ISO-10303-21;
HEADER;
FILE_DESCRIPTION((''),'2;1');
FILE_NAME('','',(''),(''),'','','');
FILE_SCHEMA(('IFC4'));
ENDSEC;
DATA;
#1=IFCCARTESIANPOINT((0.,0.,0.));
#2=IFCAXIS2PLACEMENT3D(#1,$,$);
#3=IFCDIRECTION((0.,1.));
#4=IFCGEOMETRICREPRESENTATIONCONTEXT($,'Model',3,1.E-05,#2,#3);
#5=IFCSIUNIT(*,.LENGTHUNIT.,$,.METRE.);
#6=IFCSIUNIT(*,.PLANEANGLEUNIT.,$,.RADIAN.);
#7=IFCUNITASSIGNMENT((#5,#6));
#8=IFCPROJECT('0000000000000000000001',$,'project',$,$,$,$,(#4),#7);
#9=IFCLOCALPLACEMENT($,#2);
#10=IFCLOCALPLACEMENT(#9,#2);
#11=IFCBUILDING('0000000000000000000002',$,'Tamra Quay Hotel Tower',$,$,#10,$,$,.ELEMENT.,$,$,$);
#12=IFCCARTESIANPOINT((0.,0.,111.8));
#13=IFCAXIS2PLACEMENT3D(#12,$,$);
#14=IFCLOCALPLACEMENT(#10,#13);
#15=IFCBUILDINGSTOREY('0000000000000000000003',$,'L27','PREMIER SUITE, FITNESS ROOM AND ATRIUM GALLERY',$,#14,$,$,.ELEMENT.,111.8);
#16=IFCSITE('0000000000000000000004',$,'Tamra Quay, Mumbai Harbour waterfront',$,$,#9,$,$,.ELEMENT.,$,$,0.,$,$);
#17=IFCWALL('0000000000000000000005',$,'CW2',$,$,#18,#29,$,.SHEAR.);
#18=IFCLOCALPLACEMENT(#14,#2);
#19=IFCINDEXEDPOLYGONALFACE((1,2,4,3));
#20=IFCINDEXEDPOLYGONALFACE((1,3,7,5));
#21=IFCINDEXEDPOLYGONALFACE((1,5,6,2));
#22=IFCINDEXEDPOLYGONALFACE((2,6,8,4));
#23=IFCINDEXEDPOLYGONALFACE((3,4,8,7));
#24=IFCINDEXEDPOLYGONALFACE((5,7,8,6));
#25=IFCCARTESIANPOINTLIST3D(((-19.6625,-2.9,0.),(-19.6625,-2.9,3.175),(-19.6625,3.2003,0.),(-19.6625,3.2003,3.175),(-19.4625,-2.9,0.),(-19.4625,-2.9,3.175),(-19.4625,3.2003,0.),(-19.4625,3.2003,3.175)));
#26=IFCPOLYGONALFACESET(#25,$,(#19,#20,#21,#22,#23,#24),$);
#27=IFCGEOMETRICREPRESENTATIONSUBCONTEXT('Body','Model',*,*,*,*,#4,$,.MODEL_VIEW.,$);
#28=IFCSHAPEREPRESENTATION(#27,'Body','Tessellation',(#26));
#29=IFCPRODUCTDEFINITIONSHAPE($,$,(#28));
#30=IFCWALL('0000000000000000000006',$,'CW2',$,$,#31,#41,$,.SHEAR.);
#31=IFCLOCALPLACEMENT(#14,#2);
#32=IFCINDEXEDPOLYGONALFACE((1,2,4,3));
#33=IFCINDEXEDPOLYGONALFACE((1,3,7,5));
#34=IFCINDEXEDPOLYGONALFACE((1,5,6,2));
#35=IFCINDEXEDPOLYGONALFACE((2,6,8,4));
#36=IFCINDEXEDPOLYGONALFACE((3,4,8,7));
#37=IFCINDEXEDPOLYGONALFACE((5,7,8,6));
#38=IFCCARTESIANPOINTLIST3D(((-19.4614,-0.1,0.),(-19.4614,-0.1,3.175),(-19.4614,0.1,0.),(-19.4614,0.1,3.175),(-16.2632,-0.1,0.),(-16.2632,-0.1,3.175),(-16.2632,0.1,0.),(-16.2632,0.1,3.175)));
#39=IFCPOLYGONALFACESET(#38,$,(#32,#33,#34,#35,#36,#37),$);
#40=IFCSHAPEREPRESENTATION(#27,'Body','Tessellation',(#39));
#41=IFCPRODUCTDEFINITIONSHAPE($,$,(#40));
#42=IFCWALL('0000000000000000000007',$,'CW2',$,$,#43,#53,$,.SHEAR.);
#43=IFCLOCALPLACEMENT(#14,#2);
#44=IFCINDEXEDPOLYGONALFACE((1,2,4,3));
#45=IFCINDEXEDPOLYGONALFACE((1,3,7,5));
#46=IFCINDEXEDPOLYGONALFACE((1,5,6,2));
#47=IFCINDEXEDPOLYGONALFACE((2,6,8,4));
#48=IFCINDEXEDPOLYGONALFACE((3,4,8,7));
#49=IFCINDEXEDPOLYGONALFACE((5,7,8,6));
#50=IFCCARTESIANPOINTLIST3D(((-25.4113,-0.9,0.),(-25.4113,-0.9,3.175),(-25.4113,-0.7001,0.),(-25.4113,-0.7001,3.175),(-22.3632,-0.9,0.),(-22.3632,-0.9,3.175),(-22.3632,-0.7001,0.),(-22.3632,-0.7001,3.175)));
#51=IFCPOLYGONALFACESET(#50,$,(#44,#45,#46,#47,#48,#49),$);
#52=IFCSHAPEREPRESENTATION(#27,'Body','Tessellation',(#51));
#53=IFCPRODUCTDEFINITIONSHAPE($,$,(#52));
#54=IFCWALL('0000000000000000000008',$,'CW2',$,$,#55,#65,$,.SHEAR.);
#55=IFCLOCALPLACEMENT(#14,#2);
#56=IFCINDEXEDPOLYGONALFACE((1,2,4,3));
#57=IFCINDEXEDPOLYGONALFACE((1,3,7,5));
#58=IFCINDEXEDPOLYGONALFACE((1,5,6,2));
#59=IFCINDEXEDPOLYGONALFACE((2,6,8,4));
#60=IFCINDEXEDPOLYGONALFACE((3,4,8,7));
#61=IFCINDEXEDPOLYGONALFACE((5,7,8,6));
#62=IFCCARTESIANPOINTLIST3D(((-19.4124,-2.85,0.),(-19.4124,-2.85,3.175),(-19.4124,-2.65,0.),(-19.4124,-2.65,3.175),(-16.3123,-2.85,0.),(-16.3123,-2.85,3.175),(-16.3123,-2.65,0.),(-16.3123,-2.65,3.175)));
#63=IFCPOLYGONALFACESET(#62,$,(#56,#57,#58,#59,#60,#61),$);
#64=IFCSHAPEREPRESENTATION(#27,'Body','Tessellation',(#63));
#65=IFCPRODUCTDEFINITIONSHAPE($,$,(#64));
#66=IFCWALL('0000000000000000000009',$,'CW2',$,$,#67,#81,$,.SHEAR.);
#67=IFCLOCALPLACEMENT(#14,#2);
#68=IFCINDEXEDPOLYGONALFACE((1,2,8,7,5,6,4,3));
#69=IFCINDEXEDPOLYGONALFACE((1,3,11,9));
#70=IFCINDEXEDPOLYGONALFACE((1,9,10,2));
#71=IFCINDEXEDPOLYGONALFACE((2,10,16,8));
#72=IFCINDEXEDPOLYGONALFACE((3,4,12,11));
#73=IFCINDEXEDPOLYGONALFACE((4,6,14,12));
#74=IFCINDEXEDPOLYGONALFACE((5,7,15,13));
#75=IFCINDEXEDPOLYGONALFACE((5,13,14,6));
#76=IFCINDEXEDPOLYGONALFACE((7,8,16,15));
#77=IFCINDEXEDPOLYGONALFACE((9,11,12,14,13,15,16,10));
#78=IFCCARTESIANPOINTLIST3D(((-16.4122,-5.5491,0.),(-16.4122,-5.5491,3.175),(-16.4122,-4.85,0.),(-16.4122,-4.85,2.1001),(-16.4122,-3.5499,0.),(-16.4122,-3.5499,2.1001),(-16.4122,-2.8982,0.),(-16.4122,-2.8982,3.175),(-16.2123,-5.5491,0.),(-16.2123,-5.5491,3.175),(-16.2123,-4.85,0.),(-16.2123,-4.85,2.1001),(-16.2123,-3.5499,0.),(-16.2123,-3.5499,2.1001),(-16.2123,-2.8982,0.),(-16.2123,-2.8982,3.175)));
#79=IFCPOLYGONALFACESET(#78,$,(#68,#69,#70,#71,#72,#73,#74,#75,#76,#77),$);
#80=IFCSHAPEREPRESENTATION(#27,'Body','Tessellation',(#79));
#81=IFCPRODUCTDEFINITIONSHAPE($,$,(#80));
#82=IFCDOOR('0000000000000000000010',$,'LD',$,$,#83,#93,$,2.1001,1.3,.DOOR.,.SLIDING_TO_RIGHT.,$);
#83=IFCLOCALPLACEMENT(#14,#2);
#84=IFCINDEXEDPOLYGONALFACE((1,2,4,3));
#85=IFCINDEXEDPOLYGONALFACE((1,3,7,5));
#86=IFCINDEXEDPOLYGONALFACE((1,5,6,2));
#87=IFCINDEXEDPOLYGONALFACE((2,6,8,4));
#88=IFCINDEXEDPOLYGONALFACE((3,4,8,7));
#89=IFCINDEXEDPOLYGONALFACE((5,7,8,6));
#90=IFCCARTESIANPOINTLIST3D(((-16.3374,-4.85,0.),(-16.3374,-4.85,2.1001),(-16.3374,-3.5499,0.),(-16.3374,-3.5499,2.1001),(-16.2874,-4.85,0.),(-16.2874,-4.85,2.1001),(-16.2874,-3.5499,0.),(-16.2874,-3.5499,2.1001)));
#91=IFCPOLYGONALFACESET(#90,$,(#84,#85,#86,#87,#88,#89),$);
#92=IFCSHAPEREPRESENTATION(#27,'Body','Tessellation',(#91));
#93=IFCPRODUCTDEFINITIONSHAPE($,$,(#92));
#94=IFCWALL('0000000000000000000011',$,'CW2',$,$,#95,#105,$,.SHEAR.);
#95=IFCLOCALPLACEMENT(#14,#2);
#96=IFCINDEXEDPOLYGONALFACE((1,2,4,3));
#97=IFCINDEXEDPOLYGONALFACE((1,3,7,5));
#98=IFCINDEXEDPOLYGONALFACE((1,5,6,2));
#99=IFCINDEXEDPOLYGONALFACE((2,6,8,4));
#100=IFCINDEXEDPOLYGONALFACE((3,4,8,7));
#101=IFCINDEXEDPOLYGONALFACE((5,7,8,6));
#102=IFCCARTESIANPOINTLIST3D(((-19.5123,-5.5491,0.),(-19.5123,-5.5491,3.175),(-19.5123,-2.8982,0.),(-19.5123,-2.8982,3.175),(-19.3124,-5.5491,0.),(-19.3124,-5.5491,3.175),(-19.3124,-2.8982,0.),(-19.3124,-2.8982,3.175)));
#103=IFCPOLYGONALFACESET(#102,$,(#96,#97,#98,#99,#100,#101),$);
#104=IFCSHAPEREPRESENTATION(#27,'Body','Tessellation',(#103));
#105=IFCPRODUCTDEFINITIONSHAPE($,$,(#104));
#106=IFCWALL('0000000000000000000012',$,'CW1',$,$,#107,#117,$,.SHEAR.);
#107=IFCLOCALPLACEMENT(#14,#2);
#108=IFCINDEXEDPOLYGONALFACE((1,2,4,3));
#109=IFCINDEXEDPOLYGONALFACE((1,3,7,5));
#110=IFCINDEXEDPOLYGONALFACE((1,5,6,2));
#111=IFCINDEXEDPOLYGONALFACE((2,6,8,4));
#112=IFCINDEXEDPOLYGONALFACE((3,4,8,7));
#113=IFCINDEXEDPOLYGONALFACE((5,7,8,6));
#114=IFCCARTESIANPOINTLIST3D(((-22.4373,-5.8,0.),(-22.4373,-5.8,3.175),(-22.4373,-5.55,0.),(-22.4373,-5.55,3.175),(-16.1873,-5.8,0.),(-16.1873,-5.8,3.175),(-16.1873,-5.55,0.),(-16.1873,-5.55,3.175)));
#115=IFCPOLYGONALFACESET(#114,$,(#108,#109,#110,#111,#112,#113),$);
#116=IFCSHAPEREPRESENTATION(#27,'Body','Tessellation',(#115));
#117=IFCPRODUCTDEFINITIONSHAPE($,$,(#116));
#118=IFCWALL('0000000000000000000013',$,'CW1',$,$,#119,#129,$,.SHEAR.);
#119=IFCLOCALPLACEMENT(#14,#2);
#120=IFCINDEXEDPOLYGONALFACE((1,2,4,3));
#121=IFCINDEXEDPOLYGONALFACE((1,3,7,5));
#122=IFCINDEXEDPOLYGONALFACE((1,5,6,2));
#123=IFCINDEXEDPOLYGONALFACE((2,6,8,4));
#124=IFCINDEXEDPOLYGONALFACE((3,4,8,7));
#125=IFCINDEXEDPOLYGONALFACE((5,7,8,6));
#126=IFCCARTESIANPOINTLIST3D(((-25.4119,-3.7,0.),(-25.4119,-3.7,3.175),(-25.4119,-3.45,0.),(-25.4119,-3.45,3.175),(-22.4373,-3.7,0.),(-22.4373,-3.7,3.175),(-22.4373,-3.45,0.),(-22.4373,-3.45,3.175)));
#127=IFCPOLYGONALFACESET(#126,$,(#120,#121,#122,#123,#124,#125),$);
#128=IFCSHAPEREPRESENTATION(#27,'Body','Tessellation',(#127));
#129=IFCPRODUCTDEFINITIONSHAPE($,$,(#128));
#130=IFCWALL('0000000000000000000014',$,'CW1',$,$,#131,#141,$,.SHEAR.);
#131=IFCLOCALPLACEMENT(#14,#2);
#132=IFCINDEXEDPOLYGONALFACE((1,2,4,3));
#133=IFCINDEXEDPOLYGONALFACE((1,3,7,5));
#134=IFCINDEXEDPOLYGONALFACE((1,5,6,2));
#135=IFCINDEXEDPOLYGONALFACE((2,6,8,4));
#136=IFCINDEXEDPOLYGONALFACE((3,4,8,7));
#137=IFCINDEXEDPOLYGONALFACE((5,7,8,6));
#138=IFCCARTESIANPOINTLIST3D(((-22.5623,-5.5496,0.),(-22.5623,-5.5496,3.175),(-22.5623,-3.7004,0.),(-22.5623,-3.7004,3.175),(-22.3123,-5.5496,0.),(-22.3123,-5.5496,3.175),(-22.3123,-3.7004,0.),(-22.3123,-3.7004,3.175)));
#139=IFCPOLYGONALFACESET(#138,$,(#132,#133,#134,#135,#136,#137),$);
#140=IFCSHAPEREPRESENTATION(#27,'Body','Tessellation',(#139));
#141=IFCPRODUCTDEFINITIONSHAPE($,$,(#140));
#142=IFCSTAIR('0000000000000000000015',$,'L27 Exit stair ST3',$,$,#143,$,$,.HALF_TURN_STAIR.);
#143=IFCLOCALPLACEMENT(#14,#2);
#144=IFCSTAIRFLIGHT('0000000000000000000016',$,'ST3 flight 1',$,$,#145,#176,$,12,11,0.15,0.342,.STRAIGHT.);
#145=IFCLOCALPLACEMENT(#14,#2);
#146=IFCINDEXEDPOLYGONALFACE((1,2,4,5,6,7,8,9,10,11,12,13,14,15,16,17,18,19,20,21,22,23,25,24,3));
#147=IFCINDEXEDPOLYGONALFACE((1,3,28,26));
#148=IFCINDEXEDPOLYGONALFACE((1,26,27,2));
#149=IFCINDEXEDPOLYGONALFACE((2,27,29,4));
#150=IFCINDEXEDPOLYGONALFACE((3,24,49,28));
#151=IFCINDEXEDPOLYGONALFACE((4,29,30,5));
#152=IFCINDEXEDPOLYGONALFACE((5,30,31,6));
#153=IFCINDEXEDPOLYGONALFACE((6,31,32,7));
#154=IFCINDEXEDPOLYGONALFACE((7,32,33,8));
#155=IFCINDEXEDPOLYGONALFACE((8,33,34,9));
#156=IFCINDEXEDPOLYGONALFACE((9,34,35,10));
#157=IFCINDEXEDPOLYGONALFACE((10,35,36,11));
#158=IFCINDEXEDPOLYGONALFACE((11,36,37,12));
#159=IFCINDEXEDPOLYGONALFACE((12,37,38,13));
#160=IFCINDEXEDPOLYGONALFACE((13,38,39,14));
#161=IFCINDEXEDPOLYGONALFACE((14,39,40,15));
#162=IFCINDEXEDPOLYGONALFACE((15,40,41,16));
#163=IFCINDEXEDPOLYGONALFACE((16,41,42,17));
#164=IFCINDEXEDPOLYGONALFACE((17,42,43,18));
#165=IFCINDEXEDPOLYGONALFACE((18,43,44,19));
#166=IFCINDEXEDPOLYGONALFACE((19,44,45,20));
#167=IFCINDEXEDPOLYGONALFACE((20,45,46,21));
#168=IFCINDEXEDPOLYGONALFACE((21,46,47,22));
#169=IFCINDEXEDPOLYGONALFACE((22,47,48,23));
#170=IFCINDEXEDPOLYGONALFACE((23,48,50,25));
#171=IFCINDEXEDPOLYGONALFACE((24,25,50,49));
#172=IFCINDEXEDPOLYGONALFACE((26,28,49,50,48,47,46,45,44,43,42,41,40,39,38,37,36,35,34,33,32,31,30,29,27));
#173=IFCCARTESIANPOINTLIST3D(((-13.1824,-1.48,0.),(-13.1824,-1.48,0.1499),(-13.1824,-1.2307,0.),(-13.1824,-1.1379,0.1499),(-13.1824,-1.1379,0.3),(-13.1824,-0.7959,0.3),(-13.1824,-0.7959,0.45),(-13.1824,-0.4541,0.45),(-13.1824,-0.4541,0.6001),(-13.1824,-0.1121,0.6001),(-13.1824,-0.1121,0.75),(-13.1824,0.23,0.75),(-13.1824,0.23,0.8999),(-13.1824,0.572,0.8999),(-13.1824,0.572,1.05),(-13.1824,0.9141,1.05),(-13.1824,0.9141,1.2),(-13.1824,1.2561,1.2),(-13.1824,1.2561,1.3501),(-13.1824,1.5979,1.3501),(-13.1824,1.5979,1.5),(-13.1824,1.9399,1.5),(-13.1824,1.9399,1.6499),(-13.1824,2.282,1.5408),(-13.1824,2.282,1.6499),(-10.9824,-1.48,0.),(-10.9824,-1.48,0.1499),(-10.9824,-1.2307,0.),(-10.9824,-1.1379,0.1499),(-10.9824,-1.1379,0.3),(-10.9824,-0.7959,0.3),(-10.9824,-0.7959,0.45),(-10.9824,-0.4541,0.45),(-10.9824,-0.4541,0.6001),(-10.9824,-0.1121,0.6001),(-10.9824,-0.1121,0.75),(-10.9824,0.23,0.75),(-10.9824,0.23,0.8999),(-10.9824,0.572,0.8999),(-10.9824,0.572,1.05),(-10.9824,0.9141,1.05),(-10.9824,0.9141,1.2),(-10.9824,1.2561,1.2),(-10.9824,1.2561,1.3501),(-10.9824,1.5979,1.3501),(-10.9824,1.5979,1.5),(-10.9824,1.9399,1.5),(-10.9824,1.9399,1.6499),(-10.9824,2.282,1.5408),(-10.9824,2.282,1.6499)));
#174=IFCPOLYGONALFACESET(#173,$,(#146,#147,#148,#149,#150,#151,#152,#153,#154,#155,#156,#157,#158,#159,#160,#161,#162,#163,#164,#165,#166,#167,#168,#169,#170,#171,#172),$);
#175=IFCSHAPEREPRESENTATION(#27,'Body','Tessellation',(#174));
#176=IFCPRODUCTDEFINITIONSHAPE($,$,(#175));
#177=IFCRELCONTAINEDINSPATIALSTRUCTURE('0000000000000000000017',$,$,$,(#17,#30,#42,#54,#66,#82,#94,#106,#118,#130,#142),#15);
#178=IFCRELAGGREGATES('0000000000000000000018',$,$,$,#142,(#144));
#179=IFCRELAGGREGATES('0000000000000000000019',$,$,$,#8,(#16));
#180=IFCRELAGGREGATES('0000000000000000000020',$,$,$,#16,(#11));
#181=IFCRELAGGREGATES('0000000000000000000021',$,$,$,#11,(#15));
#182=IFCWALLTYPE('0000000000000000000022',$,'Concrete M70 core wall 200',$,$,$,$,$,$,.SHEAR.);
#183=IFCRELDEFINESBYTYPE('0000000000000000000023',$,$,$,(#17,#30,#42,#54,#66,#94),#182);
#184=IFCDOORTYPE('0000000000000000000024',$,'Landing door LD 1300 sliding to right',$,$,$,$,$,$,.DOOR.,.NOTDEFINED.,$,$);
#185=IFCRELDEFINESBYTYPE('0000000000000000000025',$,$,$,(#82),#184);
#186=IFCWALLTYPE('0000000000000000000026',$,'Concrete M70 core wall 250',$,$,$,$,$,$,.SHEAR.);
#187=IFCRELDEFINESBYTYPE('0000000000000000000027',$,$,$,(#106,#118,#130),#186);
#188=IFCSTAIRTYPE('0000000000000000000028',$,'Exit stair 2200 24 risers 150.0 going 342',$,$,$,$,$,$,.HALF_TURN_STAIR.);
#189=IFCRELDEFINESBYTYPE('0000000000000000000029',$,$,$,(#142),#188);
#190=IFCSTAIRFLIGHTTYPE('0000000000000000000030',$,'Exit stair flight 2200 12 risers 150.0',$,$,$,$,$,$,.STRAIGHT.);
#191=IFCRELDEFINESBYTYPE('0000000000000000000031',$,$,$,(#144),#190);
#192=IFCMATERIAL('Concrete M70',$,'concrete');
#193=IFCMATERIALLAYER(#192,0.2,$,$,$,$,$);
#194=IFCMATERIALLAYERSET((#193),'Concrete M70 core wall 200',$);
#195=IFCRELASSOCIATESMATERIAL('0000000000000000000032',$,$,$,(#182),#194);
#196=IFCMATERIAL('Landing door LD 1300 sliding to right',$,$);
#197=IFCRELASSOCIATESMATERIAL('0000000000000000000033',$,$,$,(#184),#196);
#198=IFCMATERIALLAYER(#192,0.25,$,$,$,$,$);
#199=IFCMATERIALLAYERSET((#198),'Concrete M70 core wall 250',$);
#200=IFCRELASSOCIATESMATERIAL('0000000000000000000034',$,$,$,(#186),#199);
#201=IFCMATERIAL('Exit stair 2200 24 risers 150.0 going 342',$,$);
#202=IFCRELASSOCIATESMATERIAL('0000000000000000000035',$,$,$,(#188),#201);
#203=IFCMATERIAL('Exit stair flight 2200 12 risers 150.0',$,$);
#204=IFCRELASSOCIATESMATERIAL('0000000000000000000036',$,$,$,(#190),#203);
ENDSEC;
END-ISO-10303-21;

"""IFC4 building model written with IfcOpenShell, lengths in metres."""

from ifc_helpers import new_model, si_unit, direction, frame, frame_2d, origin, place, context, subcontext, project, spatial, polyline, rectangle, outline, extrude, material, layer, layer_set, type_object, element, fill, aggregate, save


model = new_model("IFC4")

# Units and contexts
model_context = context("Model", 3, precision=1e-05, world=origin(), true_north=direction((0.0, 1.0)))
body_context = subcontext(model_context, "Body", "Model", "MODEL_VIEW")
ifc_project = project(units=[si_unit("LENGTHUNIT", "METRE"), si_unit("PLANEANGLEUNIT", "RADIAN")], contexts=[model_context])

# Site, building, storey
site_placement = place(None, origin())
site = spatial("IfcSite", under=ifc_project, at=site_placement, Name="Tamra Quay, Mumbai Harbour waterfront", CompositionType="ELEMENT", RefElevation=0.0)
building_placement = place(site_placement, origin())
building = spatial("IfcBuilding", under=site, at=building_placement, Name="Tamra Quay Hotel Tower", CompositionType="ELEMENT")
storey_placement = place(building_placement, frame((0.0, 0.0, 111.8)))
storey = spatial("IfcBuildingStorey", under=building, at=storey_placement, Name="L27", Description="PREMIER SUITE, FITNESS ROOM AND ATRIUM GALLERY", CompositionType="ELEMENT", Elevation=111.8)

# Shared definitions
ifc_material_1 = material(Name="Concrete M70", Category="concrete")

# Walls
ifc_layer_1 = layer(ifc_material_1, 0.2)
ifc_layer_set_1 = layer_set([ifc_layer_1], Name="Concrete M70 core wall 200")
wall_type_1 = type_object("IfcWallType", Name="Concrete M70 core wall 200", PredefinedType="SHEAR", material=ifc_layer_set_1)
wall_1_placement = place(storey_placement, frame((-19.5625, -2.9001, 0.0), z_axis=(0.0, 0.0, 1.0), x_axis=(0.0, 1.0, 0.0)))
element("IfcWall", 1, at=wall_1_placement, inside=storey, type_object=wall_type_1, Name="CW2", PredefinedType="SHEAR", context=body_context, shape_type="SweptSolid", body=[
    extrude(rectangle(XDim=6.1003, YDim=0.2, at=frame_2d((3.0503, 0.0))), origin(), (0.0, 0.0, 1.0), 3.175),
])
wall_2_placement = place(storey_placement, frame((-16.2632, 0.0, 0.0), z_axis=(0.0, 0.0, 1.0), x_axis=(-1.0, 0.0, 0.0)))
element("IfcWall", 2, at=wall_2_placement, inside=storey, type_object=wall_type_1, Name="CW2", PredefinedType="SHEAR", context=body_context, shape_type="SweptSolid", body=[
    extrude(rectangle(XDim=3.1982, YDim=0.2, at=frame_2d((1.5991, 0.0))), origin(), (0.0, 0.0, 1.0), 3.175),
])
wall_3_placement = place(storey_placement, frame((-22.3633, -0.8, 0.0), z_axis=(0.0, 0.0, 1.0), x_axis=(-1.0, 0.0, 0.0)))
element("IfcWall", 3, at=wall_3_placement, inside=storey, type_object=wall_type_1, Name="CW2", PredefinedType="SHEAR", context=body_context, shape_type="SweptSolid", body=[
    extrude(rectangle(XDim=3.0481, YDim=0.2, at=frame_2d((1.5239, 0.0))), origin(), (0.0, 0.0, 1.0), 3.175),
])
wall_4_placement = place(storey_placement, frame((-19.4124, -2.75, 0.0), z_axis=(0.0, 0.0, 1.0), x_axis=(1.0, 0.0, 0.0)))
element("IfcWall", 4, at=wall_4_placement, inside=storey, type_object=wall_type_1, Name="CW2", PredefinedType="SHEAR", context=body_context, shape_type="SweptSolid", body=[
    extrude(rectangle(XDim=3.1001, YDim=0.2, at=frame_2d((1.55, 0.0))), origin(), (0.0, 0.0, 1.0), 3.175),
])

# Wall, opening, door
wall_5_placement = place(storey_placement, frame((-16.3123, -2.8982, 0.0), z_axis=(0.0, 0.0, 1.0), x_axis=(0.0, -1.0, 0.0)))
wall_5 = element("IfcWall", 5, at=wall_5_placement, inside=storey, type_object=wall_type_1, Name="CW2", PredefinedType="SHEAR", context=body_context, shape_type="SweptSolid", body=[
    extrude(rectangle(XDim=2.6509, YDim=0.2, at=frame_2d((1.3254, 0.0))), origin(), (0.0, 0.0, 1.0), 3.175),
])
opening_placement = place(wall_5_placement, frame((0.6519, 0.0, 0.0)))
opening = element("IfcOpeningElement", 6, at=opening_placement, cuts=wall_5, PredefinedType="OPENING", context=body_context, shape_type="SweptSolid", body=[
    extrude(rectangle(XDim=1.3, YDim=2.1001, at=frame_2d((0.6499, 1.05))), frame((0.0, 0.1099, 0.0), z_axis=(0.0, -1.0, 0.0), x_axis=(1.0, 0.0, 0.0)), (0.0, 0.0, 1.0), 0.22),
])
ifc_material_2 = material(Name="Landing door LD 1300 sliding to right")
door_type = type_object("IfcDoorType", Name="Landing door LD 1300 sliding to right", OperationType="NOTDEFINED", PredefinedType="DOOR", material=ifc_material_2)
door_placement = place(opening_placement, origin())
door = element("IfcDoor", 7, at=door_placement, inside=storey, type_object=door_type, Name="LD", OperationType="SLIDING_TO_RIGHT", OverallHeight=2.1001, OverallWidth=1.3, PredefinedType="DOOR", context=body_context, shape_type="SweptSolid", body=[
    extrude(rectangle(XDim=1.3, YDim=2.1001, at=frame_2d((0.6499, 1.05))), frame((0.0, 0.0249, 0.0), z_axis=(0.0, -1.0, 0.0), x_axis=(1.0, 0.0, 0.0)), (0.0, 0.0, 1.0), 0.05),
])
fill(opening, door)

# Walls
wall_6_placement = place(storey_placement, frame((-19.4124, -5.5491, 0.0), z_axis=(0.0, 0.0, 1.0), x_axis=(0.0, 1.0, 0.0)))
element("IfcWall", 8, at=wall_6_placement, inside=storey, type_object=wall_type_1, Name="CW2", PredefinedType="SHEAR", context=body_context, shape_type="SweptSolid", body=[
    extrude(rectangle(XDim=2.6509, YDim=0.2, at=frame_2d((1.3254, 0.0))), origin(), (0.0, 0.0, 1.0), 3.175),
])
ifc_layer_2 = layer(ifc_material_1, 0.25)
ifc_layer_set_2 = layer_set([ifc_layer_2], Name="Concrete M70 core wall 250")
wall_type_2 = type_object("IfcWallType", Name="Concrete M70 core wall 250", PredefinedType="SHEAR", material=ifc_layer_set_2)
wall_7_placement = place(storey_placement, frame((-16.1873, -5.675, 0.0), z_axis=(0.0, 0.0, 1.0), x_axis=(-1.0, 0.0, 0.0)))
element("IfcWall", 9, at=wall_7_placement, inside=storey, type_object=wall_type_2, Name="CW1", PredefinedType="SHEAR", context=body_context, shape_type="SweptSolid", body=[
    extrude(rectangle(XDim=6.25, YDim=0.25, at=frame_2d((3.125, 0.0))), origin(), (0.0, 0.0, 1.0), 3.175),
])
wall_8_placement = place(storey_placement, frame((-22.4373, -3.575, 0.0), z_axis=(0.0, 0.0, 1.0), x_axis=(-1.0, 0.0, 0.0)))
element("IfcWall", 10, at=wall_8_placement, inside=storey, type_object=wall_type_2, Name="CW1", PredefinedType="SHEAR", context=body_context, shape_type="SweptSolid", body=[
    extrude(rectangle(XDim=2.9746, YDim=0.25, at=frame_2d((1.4873, 0.0))), origin(), (0.0, 0.0, 1.0), 3.175),
])
wall_9_placement = place(storey_placement, frame((-22.4373, -5.5496, 0.0), z_axis=(0.0, 0.0, 1.0), x_axis=(0.0, 1.0, 0.0)))
element("IfcWall", 11, at=wall_9_placement, inside=storey, type_object=wall_type_2, Name="CW1", PredefinedType="SHEAR", context=body_context, shape_type="SweptSolid", body=[
    extrude(rectangle(XDim=1.8491, YDim=0.25, at=frame_2d((0.9246, 0.0))), origin(), (0.0, 0.0, 1.0), 3.175),
])

# Stair, stair flight
ifc_material_3 = material(Name="Exit stair 2200 24 risers 150.0 going 342")
stair_type = type_object("IfcStairType", Name="Exit stair 2200 24 risers 150.0 going 342", PredefinedType="HALF_TURN_STAIR", material=ifc_material_3)
stair_placement = place(storey_placement, origin())
stair = element("IfcStair", 12, at=stair_placement, inside=storey, type_object=stair_type, Name="L27 Exit stair ST3", PredefinedType="HALF_TURN_STAIR")
ifc_material_4 = material(Name="Exit stair flight 2200 12 risers 150.0")
stair_flight_type = type_object("IfcStairFlightType", Name="Exit stair flight 2200 12 risers 150.0", PredefinedType="STRAIGHT", material=ifc_material_4)
stair_flight_placement = place(storey_placement, frame((-12.0823, -1.48, 0.0), z_axis=(0.0, 0.0, 1.0), x_axis=(0.0, 1.0, 0.0)))
stair_flight = element("IfcStairFlight", 13, at=stair_flight_placement, type_object=stair_flight_type, Name="ST3 flight 1", NumberOfRisers=12, NumberOfTreads=11, PredefinedType="STRAIGHT", RiserHeight=0.15, TreadLength=0.342, context=body_context, shape_type="SweptSolid", body=[
    extrude(outline(polyline([(0.0, 0.0), (0.0, 0.1499), (0.342, 0.1499), (0.342, 0.3), (0.6841, 0.3), (0.6841, 0.45), (1.0259, 0.45), (1.0259, 0.6001), (1.3679, 0.6001), (1.3679, 0.75), (1.71, 0.75), (1.71, 0.8999), (2.052, 0.8999), (2.052, 1.05), (2.394, 1.05), (2.394, 1.2), (2.7361, 1.2), (2.7361, 1.3501), (3.0779, 1.3501), (3.0779, 1.5), (3.4199, 1.5), (3.4199, 1.6499), (3.762, 1.6499), (3.762, 1.8), (3.762, 1.5408), (0.2493, 0.0), (0.0, 0.0)])), frame((0.0, 1.1001, 0.0), z_axis=(0.0, -1.0, 0.0), x_axis=(1.0, 0.0, 0.0)), (0.0, 0.0, 1.0), 2.2),
])
aggregate(stair, [stair_flight])

save(model, "model.ifc")
